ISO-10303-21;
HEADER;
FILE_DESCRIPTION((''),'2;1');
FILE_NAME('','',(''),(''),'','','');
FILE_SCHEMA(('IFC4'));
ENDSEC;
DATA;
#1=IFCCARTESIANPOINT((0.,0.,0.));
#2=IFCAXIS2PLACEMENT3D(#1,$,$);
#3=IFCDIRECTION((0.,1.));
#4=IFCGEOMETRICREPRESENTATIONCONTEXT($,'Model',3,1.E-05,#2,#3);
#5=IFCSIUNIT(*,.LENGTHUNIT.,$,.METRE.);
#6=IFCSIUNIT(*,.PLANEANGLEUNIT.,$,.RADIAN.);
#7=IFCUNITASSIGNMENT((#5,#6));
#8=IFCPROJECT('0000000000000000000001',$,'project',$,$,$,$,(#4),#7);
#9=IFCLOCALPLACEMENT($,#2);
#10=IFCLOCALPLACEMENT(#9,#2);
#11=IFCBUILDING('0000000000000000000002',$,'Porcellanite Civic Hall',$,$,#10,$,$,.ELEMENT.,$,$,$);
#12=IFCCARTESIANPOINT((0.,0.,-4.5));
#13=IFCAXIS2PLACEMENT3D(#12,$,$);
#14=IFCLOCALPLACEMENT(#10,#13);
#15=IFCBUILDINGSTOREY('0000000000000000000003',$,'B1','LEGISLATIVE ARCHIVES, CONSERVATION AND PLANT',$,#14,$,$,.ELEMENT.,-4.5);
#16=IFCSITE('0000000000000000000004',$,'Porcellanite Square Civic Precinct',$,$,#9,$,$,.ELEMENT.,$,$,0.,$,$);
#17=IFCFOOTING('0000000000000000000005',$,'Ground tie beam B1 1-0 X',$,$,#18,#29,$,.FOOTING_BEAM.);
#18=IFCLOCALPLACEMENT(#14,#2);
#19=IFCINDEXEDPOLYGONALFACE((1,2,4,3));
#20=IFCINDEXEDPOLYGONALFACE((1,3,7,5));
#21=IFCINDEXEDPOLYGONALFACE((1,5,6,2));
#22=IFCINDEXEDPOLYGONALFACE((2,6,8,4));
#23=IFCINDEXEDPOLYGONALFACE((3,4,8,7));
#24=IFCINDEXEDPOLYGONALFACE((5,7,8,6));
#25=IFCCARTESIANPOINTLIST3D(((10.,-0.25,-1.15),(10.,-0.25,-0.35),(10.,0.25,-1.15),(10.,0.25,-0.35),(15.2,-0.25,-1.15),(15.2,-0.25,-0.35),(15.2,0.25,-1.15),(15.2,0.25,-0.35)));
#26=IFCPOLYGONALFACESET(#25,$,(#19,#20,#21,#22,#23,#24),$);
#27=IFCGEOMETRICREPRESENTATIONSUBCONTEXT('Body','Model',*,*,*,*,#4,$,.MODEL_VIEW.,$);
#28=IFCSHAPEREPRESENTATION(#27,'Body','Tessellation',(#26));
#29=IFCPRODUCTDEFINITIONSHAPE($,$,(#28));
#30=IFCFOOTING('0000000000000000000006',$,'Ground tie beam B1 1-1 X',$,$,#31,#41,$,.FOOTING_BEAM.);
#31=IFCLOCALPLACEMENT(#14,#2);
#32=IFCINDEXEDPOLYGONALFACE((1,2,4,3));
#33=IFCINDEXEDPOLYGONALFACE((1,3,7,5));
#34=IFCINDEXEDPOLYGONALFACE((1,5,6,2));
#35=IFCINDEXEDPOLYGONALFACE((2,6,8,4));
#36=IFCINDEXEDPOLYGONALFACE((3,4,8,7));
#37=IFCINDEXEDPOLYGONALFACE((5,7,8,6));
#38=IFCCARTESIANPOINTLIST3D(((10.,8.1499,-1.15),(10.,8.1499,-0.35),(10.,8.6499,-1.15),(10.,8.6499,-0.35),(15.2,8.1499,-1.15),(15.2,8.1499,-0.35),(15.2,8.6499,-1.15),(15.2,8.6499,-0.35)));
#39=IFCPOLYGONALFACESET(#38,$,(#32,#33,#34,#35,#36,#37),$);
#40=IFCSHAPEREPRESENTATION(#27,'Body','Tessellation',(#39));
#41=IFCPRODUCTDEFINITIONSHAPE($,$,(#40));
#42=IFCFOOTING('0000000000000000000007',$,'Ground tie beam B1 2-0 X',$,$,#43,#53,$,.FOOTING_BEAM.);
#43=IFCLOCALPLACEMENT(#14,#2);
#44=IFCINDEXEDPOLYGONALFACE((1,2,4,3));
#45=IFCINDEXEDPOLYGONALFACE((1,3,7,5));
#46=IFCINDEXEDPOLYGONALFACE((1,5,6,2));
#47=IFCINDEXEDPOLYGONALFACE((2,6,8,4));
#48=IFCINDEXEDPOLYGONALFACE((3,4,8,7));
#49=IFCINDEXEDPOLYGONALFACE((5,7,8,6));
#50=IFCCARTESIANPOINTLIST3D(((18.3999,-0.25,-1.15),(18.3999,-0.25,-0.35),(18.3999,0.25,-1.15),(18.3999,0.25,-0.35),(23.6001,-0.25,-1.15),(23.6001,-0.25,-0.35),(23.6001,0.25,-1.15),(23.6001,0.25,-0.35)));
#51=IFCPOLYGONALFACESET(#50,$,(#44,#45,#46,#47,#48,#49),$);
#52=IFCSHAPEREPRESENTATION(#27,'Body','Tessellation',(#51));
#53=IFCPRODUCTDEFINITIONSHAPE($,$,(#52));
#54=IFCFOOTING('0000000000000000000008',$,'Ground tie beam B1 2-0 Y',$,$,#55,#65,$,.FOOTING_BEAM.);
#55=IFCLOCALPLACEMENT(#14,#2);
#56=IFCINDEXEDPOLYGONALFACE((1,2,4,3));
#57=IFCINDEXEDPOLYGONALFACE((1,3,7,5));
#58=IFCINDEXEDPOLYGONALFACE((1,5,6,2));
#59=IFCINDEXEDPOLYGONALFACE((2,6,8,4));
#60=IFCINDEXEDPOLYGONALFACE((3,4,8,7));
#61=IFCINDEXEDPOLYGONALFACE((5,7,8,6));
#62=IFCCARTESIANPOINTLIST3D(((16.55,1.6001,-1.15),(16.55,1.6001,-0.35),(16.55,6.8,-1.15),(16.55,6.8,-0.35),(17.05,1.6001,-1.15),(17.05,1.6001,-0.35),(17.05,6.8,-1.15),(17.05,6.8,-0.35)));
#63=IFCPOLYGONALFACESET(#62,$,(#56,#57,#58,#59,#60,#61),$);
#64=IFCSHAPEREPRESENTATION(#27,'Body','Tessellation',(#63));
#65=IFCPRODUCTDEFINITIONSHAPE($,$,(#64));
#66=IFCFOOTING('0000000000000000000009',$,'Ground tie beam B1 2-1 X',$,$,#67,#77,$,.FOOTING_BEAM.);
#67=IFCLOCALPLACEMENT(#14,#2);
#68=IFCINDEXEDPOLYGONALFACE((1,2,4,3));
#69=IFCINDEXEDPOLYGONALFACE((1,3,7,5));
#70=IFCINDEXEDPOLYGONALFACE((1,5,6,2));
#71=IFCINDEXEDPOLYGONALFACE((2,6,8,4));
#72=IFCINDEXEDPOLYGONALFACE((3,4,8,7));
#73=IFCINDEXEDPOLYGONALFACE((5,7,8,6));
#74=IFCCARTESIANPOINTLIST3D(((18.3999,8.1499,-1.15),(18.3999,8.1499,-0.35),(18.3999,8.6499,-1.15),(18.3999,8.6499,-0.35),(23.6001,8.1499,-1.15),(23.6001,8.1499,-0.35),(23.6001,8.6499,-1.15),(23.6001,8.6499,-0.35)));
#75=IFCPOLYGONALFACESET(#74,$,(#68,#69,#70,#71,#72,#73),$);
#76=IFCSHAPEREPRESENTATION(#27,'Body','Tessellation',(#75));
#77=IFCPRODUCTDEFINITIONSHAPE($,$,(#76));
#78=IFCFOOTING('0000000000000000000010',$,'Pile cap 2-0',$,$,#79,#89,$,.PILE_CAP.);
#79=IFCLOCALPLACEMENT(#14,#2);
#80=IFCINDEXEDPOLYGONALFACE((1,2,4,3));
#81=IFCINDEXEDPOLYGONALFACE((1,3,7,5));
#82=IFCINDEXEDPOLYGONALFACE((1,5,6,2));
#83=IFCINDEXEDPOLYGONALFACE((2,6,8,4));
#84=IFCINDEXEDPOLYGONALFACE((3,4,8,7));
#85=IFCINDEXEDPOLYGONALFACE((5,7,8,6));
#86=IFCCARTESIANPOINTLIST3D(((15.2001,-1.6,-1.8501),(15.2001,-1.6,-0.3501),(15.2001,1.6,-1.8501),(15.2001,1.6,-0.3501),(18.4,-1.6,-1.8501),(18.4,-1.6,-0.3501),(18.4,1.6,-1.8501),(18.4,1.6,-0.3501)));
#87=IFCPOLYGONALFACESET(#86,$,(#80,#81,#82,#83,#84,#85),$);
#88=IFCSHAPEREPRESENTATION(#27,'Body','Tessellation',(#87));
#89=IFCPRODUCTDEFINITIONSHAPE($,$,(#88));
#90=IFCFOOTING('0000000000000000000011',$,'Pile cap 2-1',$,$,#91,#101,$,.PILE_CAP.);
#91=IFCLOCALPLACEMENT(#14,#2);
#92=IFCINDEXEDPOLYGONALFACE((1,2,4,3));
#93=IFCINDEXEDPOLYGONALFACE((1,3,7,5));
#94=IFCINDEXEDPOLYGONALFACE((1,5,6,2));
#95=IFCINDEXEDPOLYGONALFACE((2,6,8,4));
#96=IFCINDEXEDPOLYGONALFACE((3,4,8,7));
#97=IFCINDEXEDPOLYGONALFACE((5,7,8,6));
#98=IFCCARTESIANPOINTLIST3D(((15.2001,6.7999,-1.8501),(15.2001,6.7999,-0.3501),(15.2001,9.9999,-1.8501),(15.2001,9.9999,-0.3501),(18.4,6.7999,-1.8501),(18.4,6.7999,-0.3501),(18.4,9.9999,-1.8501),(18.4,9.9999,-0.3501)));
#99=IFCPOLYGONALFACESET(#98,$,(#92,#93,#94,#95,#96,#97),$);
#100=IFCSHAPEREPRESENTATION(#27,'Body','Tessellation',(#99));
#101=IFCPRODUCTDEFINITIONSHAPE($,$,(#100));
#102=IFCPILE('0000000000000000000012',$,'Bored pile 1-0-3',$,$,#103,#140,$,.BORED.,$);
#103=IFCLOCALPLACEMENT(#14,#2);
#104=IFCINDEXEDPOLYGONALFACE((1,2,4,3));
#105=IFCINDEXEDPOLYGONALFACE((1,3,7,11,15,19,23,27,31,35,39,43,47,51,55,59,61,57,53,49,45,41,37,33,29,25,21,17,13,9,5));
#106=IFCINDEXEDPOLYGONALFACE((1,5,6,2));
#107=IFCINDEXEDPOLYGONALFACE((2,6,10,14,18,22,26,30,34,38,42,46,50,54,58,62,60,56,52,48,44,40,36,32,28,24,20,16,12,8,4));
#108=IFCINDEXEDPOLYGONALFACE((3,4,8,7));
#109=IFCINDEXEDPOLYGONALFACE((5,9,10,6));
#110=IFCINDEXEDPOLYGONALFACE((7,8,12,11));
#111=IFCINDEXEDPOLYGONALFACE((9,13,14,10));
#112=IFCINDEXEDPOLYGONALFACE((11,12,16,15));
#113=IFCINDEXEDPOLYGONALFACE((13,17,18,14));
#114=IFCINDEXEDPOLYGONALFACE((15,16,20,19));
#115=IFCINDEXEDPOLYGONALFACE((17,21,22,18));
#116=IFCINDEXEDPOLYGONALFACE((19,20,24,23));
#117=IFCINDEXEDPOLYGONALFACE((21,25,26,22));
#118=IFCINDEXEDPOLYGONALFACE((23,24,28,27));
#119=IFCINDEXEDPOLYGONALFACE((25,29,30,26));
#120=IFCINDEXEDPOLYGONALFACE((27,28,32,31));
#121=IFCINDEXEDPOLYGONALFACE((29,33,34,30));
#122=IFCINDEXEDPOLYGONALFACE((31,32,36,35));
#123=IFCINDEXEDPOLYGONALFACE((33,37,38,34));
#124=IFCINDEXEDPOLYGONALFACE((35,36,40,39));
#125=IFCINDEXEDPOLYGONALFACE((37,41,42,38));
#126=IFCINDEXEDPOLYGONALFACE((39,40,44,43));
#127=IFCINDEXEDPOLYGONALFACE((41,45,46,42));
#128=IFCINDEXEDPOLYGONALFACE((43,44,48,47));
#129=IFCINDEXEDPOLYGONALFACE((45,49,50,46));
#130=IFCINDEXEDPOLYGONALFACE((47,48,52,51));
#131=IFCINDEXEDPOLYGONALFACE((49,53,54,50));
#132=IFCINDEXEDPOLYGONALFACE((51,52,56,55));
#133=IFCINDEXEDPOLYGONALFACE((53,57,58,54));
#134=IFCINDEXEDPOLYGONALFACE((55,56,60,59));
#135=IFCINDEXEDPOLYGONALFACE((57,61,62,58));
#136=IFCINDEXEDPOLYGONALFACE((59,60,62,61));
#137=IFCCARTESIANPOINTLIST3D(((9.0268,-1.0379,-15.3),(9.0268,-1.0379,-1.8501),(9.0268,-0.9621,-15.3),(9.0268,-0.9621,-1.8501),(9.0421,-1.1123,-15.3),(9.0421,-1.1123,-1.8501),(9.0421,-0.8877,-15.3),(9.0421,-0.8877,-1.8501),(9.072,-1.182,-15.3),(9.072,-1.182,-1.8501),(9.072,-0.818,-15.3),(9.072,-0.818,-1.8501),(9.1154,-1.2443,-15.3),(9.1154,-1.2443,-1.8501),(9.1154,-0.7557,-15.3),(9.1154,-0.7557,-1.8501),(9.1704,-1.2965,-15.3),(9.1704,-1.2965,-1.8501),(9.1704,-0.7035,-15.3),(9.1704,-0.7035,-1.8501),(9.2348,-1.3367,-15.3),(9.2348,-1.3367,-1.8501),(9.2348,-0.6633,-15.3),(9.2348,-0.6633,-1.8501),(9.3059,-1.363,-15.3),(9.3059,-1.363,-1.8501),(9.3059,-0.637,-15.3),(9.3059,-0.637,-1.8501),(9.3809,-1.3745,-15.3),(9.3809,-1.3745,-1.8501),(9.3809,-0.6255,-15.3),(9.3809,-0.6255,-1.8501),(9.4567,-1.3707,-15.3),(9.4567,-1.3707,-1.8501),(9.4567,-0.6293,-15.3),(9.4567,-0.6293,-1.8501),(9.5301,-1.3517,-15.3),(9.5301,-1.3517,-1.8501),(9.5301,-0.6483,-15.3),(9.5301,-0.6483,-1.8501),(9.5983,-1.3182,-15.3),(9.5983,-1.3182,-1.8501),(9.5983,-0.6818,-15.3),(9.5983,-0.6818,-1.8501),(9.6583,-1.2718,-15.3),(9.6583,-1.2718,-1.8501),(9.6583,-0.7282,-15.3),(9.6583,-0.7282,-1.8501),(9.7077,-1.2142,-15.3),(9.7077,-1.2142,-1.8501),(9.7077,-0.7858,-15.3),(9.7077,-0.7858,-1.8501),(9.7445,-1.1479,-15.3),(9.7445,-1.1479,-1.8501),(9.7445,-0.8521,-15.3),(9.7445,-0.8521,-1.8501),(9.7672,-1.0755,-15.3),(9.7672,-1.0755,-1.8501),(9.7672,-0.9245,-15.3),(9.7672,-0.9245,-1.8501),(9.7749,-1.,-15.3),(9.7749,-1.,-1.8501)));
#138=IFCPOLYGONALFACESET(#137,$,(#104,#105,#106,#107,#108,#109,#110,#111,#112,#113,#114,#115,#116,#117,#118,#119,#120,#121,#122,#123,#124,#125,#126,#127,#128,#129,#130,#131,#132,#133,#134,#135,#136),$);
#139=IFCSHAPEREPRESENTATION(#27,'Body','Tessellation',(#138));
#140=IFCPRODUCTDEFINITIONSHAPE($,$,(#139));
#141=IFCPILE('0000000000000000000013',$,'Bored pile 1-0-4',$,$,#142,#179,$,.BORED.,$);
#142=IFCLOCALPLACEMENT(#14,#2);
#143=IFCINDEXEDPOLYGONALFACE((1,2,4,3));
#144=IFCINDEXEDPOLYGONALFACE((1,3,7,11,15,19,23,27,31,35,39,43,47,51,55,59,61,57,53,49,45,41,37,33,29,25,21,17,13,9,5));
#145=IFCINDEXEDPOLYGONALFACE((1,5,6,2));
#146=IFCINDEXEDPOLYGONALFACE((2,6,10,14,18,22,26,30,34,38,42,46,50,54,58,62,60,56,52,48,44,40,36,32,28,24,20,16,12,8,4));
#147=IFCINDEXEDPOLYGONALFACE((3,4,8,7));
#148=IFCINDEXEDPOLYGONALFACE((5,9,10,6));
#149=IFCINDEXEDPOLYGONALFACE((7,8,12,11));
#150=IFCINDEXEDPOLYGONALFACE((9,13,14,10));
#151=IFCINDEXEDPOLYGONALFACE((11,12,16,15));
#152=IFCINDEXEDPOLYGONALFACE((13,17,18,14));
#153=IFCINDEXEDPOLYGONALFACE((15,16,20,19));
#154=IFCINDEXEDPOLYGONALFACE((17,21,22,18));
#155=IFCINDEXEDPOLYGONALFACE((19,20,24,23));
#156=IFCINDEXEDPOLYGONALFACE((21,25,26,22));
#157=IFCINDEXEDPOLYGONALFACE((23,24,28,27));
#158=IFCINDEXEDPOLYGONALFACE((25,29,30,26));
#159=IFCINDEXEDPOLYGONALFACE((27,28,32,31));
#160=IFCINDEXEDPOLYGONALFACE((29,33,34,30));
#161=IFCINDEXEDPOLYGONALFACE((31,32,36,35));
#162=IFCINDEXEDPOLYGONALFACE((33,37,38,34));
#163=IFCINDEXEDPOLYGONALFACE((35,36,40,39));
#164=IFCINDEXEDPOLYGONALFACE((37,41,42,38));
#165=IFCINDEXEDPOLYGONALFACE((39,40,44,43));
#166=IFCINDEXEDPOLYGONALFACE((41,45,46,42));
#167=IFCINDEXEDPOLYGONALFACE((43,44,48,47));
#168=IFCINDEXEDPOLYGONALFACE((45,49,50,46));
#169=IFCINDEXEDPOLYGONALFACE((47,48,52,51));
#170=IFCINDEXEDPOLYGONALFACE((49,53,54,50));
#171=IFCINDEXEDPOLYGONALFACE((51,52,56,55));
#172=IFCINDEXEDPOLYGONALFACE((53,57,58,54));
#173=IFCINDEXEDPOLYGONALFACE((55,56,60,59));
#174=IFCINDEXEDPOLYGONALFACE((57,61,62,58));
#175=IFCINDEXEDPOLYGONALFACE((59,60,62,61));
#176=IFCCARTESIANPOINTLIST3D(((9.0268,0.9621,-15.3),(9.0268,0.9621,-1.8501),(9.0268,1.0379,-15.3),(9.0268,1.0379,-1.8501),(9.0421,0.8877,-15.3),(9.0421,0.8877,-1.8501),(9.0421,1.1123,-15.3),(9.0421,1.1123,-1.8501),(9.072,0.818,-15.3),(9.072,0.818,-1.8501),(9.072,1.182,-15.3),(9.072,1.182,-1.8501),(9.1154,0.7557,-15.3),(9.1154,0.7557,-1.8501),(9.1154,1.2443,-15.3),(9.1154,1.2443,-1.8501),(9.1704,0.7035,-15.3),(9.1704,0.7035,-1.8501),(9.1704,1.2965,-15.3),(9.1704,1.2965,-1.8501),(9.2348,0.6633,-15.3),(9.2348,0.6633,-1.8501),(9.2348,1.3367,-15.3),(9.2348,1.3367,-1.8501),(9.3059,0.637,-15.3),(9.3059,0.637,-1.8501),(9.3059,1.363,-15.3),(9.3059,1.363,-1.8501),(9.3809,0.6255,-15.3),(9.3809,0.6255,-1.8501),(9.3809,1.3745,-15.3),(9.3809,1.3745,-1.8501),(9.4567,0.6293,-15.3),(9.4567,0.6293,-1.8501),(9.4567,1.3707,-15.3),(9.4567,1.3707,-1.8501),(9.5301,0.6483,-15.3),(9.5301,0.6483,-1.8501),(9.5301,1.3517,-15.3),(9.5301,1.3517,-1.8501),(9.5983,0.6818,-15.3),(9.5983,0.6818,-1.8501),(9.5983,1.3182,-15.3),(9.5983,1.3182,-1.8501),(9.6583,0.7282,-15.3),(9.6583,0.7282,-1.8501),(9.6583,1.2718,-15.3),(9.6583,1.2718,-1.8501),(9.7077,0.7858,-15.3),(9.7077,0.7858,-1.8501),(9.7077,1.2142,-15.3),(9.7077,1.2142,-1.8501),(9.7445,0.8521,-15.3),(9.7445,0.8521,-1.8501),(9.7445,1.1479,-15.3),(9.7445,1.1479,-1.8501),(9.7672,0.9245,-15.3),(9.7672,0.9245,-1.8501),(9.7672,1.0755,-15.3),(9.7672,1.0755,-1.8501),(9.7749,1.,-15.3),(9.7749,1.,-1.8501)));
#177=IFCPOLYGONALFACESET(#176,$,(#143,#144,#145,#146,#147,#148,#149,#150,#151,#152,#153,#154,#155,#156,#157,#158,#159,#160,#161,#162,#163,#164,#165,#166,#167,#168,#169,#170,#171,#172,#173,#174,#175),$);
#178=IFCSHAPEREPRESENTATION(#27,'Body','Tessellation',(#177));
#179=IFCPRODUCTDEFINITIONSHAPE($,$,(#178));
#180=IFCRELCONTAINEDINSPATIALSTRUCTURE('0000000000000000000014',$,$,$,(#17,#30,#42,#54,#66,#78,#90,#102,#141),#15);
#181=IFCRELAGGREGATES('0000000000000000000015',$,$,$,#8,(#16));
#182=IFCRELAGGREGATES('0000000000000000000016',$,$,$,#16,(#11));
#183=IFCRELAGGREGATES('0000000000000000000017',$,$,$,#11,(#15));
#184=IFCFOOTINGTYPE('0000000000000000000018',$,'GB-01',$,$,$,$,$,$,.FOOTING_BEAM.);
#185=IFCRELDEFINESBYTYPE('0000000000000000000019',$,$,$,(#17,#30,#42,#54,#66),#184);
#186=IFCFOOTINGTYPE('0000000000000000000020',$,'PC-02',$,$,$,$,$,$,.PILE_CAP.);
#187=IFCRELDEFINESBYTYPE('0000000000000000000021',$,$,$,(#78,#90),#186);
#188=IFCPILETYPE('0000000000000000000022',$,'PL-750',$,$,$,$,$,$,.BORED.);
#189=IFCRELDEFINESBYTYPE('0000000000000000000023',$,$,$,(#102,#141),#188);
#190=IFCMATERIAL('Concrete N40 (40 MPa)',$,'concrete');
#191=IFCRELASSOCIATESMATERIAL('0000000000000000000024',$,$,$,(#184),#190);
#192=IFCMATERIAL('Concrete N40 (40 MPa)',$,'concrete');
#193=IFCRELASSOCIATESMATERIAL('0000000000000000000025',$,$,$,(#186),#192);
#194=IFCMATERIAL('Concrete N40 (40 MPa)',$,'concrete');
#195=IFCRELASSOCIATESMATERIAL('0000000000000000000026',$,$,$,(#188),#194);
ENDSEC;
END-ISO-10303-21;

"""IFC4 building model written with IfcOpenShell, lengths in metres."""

from ifc_helpers import new_model, si_unit, direction, frame, origin, origin_2d, place, context, subcontext, project, spatial, rectangle, circle, extrude, material, material_profile, profile_set, type_object, element, save


model = new_model("IFC4")

# Units and contexts
model_context = context("Model", 3, precision=1e-05, world=origin(), true_north=direction((0.0, 1.0)))
body_context = subcontext(model_context, "Body", "Model", "MODEL_VIEW")
ifc_project = project(units=[si_unit("LENGTHUNIT", "METRE"), si_unit("PLANEANGLEUNIT", "RADIAN")], contexts=[model_context])

# Site, building, storey
site_placement = place(None, origin())
site = spatial("IfcSite", under=ifc_project, at=site_placement, Name="Porcellanite Square Civic Precinct", CompositionType="ELEMENT", RefElevation=0.0)
building_placement = place(site_placement, origin())
building = spatial("IfcBuilding", under=site, at=building_placement, Name="Porcellanite Civic Hall", CompositionType="ELEMENT")
storey_placement = place(building_placement, frame((0.0, 0.0, -4.5)))
storey = spatial("IfcBuildingStorey", under=building, at=storey_placement, Name="B1", Description="LEGISLATIVE ARCHIVES, CONSERVATION AND PLANT", CompositionType="ELEMENT", Elevation=-4.5)

# Footings
ifc_material_1 = material(Name="Concrete N40 (40 MPa)", Category="concrete")
ifc_material_profile_1 = material_profile(ifc_material_1, rectangle(XDim=0.5, YDim=0.8, at=origin_2d()), Name="RC-500x800")
ifc_profile_set_1 = profile_set([ifc_material_profile_1], Name="Concrete N40 (40 MPa)")
footing_type_1 = type_object("IfcFootingType", Name="GB-01", PredefinedType="FOOTING_BEAM", material=ifc_profile_set_1)
for number, where, z_axis, x_axis, name in (
    (1, (10.0, 0.0, -0.75), (1.0, 0.0, 0.0), (0.0, 1.0, 0.0), "Ground tie beam B1 1-0 X"),
    (2, (10.0, 8.3999, -0.75), (1.0, 0.0, 0.0), (0.0, 1.0, 0.0), "Ground tie beam B1 1-1 X"),
):
    element("IfcFooting", number, at=place(storey_placement, frame(where, z_axis=z_axis, x_axis=x_axis)), inside=storey, type_object=footing_type_1, Name=name, PredefinedType="FOOTING_BEAM", context=body_context, shape_type="SweptSolid", body=[
        extrude(rectangle(XDim=0.5, YDim=0.8, at=origin_2d()), origin(), (0.0, 0.0, 1.0), 5.2),
    ])
footing_1_placement = place(storey_placement, frame((18.3999, 0.0, -0.75), z_axis=(1.0, 0.0, 0.0), x_axis=(0.0, 1.0, 0.0)))
element("IfcFooting", 3, at=footing_1_placement, inside=storey, type_object=footing_type_1, Name="Ground tie beam B1 2-0 X", PredefinedType="FOOTING_BEAM", context=body_context, shape_type="SweptSolid", body=[
    extrude(rectangle(XDim=0.5, YDim=0.8, at=origin_2d()), origin(), (0.0, 0.0, 1.0), 5.2002),
])
footing_2_placement = place(storey_placement, frame((16.8, 1.6001, -0.75), z_axis=(0.0, 1.0, 0.0), x_axis=(-1.0, 0.0, 0.0)))
element("IfcFooting", 4, at=footing_2_placement, inside=storey, type_object=footing_type_1, Name="Ground tie beam B1 2-0 Y", PredefinedType="FOOTING_BEAM", context=body_context, shape_type="SweptSolid", body=[
    extrude(rectangle(XDim=0.5, YDim=0.8, at=origin_2d()), origin(), (0.0, 0.0, 1.0), 5.2),
])
footing_3_placement = place(storey_placement, frame((18.3999, 8.3999, -0.75), z_axis=(1.0, 0.0, 0.0), x_axis=(0.0, 1.0, 0.0)))
element("IfcFooting", 5, at=footing_3_placement, inside=storey, type_object=footing_type_1, Name="Ground tie beam B1 2-1 X", PredefinedType="FOOTING_BEAM", context=body_context, shape_type="SweptSolid", body=[
    extrude(rectangle(XDim=0.5, YDim=0.8, at=origin_2d()), origin(), (0.0, 0.0, 1.0), 5.2002),
])
ifc_material_2 = material(Name="Concrete N40 (40 MPa)", Category="concrete")
footing_type_2 = type_object("IfcFootingType", Name="PC-02", PredefinedType="PILE_CAP", material=ifc_material_2)
for number, where, z_axis, x_axis, name in (
    (6, (16.8, 0.0, -1.8501), (0.0, 0.0, 1.0), (1.0, 0.0, 0.0), "Pile cap 2-0"),
    (7, (16.8, 8.3999, -1.8501), (0.0, 0.0, 1.0), (1.0, 0.0, 0.0), "Pile cap 2-1"),
):
    element("IfcFooting", number, at=place(storey_placement, frame(where, z_axis=z_axis, x_axis=x_axis)), inside=storey, type_object=footing_type_2, Name=name, PredefinedType="PILE_CAP", context=body_context, shape_type="SweptSolid", body=[
        extrude(rectangle(XDim=3.2, YDim=3.2, at=origin_2d()), origin(), (0.0, 0.0, 1.0), 1.5),
    ])

# Piles
ifc_material_3 = material(Name="Concrete N40 (40 MPa)", Category="concrete")
ifc_material_profile_2 = material_profile(ifc_material_3, circle(Radius=0.375, at=origin_2d()), Name="PILE-D750")
ifc_profile_set_2 = profile_set([ifc_material_profile_2], Name="Concrete N40 (40 MPa)")
pile_type = type_object("IfcPileType", Name="PL-750", PredefinedType="BORED", material=ifc_profile_set_2)
for number, where, z_axis, x_axis, name in (
    (8, (9.3999, -1.0, -1.8501), (0.0, 0.0, -1.0), (1.0, 0.0, 0.0), "Bored pile 1-0-3"),
    (9, (9.3999, 1.0, -1.8501), (0.0, 0.0, -1.0), (1.0, 0.0, 0.0), "Bored pile 1-0-4"),
):
    element("IfcPile", number, at=place(storey_placement, frame(where, z_axis=z_axis, x_axis=x_axis)), inside=storey, type_object=pile_type, Name=name, PredefinedType="BORED", context=body_context, shape_type="SweptSolid", body=[
        extrude(circle(Radius=0.375, at=origin_2d()), origin(), (0.0, 0.0, 1.0), 13.45),
    ])

save(model, "model.ifc")
